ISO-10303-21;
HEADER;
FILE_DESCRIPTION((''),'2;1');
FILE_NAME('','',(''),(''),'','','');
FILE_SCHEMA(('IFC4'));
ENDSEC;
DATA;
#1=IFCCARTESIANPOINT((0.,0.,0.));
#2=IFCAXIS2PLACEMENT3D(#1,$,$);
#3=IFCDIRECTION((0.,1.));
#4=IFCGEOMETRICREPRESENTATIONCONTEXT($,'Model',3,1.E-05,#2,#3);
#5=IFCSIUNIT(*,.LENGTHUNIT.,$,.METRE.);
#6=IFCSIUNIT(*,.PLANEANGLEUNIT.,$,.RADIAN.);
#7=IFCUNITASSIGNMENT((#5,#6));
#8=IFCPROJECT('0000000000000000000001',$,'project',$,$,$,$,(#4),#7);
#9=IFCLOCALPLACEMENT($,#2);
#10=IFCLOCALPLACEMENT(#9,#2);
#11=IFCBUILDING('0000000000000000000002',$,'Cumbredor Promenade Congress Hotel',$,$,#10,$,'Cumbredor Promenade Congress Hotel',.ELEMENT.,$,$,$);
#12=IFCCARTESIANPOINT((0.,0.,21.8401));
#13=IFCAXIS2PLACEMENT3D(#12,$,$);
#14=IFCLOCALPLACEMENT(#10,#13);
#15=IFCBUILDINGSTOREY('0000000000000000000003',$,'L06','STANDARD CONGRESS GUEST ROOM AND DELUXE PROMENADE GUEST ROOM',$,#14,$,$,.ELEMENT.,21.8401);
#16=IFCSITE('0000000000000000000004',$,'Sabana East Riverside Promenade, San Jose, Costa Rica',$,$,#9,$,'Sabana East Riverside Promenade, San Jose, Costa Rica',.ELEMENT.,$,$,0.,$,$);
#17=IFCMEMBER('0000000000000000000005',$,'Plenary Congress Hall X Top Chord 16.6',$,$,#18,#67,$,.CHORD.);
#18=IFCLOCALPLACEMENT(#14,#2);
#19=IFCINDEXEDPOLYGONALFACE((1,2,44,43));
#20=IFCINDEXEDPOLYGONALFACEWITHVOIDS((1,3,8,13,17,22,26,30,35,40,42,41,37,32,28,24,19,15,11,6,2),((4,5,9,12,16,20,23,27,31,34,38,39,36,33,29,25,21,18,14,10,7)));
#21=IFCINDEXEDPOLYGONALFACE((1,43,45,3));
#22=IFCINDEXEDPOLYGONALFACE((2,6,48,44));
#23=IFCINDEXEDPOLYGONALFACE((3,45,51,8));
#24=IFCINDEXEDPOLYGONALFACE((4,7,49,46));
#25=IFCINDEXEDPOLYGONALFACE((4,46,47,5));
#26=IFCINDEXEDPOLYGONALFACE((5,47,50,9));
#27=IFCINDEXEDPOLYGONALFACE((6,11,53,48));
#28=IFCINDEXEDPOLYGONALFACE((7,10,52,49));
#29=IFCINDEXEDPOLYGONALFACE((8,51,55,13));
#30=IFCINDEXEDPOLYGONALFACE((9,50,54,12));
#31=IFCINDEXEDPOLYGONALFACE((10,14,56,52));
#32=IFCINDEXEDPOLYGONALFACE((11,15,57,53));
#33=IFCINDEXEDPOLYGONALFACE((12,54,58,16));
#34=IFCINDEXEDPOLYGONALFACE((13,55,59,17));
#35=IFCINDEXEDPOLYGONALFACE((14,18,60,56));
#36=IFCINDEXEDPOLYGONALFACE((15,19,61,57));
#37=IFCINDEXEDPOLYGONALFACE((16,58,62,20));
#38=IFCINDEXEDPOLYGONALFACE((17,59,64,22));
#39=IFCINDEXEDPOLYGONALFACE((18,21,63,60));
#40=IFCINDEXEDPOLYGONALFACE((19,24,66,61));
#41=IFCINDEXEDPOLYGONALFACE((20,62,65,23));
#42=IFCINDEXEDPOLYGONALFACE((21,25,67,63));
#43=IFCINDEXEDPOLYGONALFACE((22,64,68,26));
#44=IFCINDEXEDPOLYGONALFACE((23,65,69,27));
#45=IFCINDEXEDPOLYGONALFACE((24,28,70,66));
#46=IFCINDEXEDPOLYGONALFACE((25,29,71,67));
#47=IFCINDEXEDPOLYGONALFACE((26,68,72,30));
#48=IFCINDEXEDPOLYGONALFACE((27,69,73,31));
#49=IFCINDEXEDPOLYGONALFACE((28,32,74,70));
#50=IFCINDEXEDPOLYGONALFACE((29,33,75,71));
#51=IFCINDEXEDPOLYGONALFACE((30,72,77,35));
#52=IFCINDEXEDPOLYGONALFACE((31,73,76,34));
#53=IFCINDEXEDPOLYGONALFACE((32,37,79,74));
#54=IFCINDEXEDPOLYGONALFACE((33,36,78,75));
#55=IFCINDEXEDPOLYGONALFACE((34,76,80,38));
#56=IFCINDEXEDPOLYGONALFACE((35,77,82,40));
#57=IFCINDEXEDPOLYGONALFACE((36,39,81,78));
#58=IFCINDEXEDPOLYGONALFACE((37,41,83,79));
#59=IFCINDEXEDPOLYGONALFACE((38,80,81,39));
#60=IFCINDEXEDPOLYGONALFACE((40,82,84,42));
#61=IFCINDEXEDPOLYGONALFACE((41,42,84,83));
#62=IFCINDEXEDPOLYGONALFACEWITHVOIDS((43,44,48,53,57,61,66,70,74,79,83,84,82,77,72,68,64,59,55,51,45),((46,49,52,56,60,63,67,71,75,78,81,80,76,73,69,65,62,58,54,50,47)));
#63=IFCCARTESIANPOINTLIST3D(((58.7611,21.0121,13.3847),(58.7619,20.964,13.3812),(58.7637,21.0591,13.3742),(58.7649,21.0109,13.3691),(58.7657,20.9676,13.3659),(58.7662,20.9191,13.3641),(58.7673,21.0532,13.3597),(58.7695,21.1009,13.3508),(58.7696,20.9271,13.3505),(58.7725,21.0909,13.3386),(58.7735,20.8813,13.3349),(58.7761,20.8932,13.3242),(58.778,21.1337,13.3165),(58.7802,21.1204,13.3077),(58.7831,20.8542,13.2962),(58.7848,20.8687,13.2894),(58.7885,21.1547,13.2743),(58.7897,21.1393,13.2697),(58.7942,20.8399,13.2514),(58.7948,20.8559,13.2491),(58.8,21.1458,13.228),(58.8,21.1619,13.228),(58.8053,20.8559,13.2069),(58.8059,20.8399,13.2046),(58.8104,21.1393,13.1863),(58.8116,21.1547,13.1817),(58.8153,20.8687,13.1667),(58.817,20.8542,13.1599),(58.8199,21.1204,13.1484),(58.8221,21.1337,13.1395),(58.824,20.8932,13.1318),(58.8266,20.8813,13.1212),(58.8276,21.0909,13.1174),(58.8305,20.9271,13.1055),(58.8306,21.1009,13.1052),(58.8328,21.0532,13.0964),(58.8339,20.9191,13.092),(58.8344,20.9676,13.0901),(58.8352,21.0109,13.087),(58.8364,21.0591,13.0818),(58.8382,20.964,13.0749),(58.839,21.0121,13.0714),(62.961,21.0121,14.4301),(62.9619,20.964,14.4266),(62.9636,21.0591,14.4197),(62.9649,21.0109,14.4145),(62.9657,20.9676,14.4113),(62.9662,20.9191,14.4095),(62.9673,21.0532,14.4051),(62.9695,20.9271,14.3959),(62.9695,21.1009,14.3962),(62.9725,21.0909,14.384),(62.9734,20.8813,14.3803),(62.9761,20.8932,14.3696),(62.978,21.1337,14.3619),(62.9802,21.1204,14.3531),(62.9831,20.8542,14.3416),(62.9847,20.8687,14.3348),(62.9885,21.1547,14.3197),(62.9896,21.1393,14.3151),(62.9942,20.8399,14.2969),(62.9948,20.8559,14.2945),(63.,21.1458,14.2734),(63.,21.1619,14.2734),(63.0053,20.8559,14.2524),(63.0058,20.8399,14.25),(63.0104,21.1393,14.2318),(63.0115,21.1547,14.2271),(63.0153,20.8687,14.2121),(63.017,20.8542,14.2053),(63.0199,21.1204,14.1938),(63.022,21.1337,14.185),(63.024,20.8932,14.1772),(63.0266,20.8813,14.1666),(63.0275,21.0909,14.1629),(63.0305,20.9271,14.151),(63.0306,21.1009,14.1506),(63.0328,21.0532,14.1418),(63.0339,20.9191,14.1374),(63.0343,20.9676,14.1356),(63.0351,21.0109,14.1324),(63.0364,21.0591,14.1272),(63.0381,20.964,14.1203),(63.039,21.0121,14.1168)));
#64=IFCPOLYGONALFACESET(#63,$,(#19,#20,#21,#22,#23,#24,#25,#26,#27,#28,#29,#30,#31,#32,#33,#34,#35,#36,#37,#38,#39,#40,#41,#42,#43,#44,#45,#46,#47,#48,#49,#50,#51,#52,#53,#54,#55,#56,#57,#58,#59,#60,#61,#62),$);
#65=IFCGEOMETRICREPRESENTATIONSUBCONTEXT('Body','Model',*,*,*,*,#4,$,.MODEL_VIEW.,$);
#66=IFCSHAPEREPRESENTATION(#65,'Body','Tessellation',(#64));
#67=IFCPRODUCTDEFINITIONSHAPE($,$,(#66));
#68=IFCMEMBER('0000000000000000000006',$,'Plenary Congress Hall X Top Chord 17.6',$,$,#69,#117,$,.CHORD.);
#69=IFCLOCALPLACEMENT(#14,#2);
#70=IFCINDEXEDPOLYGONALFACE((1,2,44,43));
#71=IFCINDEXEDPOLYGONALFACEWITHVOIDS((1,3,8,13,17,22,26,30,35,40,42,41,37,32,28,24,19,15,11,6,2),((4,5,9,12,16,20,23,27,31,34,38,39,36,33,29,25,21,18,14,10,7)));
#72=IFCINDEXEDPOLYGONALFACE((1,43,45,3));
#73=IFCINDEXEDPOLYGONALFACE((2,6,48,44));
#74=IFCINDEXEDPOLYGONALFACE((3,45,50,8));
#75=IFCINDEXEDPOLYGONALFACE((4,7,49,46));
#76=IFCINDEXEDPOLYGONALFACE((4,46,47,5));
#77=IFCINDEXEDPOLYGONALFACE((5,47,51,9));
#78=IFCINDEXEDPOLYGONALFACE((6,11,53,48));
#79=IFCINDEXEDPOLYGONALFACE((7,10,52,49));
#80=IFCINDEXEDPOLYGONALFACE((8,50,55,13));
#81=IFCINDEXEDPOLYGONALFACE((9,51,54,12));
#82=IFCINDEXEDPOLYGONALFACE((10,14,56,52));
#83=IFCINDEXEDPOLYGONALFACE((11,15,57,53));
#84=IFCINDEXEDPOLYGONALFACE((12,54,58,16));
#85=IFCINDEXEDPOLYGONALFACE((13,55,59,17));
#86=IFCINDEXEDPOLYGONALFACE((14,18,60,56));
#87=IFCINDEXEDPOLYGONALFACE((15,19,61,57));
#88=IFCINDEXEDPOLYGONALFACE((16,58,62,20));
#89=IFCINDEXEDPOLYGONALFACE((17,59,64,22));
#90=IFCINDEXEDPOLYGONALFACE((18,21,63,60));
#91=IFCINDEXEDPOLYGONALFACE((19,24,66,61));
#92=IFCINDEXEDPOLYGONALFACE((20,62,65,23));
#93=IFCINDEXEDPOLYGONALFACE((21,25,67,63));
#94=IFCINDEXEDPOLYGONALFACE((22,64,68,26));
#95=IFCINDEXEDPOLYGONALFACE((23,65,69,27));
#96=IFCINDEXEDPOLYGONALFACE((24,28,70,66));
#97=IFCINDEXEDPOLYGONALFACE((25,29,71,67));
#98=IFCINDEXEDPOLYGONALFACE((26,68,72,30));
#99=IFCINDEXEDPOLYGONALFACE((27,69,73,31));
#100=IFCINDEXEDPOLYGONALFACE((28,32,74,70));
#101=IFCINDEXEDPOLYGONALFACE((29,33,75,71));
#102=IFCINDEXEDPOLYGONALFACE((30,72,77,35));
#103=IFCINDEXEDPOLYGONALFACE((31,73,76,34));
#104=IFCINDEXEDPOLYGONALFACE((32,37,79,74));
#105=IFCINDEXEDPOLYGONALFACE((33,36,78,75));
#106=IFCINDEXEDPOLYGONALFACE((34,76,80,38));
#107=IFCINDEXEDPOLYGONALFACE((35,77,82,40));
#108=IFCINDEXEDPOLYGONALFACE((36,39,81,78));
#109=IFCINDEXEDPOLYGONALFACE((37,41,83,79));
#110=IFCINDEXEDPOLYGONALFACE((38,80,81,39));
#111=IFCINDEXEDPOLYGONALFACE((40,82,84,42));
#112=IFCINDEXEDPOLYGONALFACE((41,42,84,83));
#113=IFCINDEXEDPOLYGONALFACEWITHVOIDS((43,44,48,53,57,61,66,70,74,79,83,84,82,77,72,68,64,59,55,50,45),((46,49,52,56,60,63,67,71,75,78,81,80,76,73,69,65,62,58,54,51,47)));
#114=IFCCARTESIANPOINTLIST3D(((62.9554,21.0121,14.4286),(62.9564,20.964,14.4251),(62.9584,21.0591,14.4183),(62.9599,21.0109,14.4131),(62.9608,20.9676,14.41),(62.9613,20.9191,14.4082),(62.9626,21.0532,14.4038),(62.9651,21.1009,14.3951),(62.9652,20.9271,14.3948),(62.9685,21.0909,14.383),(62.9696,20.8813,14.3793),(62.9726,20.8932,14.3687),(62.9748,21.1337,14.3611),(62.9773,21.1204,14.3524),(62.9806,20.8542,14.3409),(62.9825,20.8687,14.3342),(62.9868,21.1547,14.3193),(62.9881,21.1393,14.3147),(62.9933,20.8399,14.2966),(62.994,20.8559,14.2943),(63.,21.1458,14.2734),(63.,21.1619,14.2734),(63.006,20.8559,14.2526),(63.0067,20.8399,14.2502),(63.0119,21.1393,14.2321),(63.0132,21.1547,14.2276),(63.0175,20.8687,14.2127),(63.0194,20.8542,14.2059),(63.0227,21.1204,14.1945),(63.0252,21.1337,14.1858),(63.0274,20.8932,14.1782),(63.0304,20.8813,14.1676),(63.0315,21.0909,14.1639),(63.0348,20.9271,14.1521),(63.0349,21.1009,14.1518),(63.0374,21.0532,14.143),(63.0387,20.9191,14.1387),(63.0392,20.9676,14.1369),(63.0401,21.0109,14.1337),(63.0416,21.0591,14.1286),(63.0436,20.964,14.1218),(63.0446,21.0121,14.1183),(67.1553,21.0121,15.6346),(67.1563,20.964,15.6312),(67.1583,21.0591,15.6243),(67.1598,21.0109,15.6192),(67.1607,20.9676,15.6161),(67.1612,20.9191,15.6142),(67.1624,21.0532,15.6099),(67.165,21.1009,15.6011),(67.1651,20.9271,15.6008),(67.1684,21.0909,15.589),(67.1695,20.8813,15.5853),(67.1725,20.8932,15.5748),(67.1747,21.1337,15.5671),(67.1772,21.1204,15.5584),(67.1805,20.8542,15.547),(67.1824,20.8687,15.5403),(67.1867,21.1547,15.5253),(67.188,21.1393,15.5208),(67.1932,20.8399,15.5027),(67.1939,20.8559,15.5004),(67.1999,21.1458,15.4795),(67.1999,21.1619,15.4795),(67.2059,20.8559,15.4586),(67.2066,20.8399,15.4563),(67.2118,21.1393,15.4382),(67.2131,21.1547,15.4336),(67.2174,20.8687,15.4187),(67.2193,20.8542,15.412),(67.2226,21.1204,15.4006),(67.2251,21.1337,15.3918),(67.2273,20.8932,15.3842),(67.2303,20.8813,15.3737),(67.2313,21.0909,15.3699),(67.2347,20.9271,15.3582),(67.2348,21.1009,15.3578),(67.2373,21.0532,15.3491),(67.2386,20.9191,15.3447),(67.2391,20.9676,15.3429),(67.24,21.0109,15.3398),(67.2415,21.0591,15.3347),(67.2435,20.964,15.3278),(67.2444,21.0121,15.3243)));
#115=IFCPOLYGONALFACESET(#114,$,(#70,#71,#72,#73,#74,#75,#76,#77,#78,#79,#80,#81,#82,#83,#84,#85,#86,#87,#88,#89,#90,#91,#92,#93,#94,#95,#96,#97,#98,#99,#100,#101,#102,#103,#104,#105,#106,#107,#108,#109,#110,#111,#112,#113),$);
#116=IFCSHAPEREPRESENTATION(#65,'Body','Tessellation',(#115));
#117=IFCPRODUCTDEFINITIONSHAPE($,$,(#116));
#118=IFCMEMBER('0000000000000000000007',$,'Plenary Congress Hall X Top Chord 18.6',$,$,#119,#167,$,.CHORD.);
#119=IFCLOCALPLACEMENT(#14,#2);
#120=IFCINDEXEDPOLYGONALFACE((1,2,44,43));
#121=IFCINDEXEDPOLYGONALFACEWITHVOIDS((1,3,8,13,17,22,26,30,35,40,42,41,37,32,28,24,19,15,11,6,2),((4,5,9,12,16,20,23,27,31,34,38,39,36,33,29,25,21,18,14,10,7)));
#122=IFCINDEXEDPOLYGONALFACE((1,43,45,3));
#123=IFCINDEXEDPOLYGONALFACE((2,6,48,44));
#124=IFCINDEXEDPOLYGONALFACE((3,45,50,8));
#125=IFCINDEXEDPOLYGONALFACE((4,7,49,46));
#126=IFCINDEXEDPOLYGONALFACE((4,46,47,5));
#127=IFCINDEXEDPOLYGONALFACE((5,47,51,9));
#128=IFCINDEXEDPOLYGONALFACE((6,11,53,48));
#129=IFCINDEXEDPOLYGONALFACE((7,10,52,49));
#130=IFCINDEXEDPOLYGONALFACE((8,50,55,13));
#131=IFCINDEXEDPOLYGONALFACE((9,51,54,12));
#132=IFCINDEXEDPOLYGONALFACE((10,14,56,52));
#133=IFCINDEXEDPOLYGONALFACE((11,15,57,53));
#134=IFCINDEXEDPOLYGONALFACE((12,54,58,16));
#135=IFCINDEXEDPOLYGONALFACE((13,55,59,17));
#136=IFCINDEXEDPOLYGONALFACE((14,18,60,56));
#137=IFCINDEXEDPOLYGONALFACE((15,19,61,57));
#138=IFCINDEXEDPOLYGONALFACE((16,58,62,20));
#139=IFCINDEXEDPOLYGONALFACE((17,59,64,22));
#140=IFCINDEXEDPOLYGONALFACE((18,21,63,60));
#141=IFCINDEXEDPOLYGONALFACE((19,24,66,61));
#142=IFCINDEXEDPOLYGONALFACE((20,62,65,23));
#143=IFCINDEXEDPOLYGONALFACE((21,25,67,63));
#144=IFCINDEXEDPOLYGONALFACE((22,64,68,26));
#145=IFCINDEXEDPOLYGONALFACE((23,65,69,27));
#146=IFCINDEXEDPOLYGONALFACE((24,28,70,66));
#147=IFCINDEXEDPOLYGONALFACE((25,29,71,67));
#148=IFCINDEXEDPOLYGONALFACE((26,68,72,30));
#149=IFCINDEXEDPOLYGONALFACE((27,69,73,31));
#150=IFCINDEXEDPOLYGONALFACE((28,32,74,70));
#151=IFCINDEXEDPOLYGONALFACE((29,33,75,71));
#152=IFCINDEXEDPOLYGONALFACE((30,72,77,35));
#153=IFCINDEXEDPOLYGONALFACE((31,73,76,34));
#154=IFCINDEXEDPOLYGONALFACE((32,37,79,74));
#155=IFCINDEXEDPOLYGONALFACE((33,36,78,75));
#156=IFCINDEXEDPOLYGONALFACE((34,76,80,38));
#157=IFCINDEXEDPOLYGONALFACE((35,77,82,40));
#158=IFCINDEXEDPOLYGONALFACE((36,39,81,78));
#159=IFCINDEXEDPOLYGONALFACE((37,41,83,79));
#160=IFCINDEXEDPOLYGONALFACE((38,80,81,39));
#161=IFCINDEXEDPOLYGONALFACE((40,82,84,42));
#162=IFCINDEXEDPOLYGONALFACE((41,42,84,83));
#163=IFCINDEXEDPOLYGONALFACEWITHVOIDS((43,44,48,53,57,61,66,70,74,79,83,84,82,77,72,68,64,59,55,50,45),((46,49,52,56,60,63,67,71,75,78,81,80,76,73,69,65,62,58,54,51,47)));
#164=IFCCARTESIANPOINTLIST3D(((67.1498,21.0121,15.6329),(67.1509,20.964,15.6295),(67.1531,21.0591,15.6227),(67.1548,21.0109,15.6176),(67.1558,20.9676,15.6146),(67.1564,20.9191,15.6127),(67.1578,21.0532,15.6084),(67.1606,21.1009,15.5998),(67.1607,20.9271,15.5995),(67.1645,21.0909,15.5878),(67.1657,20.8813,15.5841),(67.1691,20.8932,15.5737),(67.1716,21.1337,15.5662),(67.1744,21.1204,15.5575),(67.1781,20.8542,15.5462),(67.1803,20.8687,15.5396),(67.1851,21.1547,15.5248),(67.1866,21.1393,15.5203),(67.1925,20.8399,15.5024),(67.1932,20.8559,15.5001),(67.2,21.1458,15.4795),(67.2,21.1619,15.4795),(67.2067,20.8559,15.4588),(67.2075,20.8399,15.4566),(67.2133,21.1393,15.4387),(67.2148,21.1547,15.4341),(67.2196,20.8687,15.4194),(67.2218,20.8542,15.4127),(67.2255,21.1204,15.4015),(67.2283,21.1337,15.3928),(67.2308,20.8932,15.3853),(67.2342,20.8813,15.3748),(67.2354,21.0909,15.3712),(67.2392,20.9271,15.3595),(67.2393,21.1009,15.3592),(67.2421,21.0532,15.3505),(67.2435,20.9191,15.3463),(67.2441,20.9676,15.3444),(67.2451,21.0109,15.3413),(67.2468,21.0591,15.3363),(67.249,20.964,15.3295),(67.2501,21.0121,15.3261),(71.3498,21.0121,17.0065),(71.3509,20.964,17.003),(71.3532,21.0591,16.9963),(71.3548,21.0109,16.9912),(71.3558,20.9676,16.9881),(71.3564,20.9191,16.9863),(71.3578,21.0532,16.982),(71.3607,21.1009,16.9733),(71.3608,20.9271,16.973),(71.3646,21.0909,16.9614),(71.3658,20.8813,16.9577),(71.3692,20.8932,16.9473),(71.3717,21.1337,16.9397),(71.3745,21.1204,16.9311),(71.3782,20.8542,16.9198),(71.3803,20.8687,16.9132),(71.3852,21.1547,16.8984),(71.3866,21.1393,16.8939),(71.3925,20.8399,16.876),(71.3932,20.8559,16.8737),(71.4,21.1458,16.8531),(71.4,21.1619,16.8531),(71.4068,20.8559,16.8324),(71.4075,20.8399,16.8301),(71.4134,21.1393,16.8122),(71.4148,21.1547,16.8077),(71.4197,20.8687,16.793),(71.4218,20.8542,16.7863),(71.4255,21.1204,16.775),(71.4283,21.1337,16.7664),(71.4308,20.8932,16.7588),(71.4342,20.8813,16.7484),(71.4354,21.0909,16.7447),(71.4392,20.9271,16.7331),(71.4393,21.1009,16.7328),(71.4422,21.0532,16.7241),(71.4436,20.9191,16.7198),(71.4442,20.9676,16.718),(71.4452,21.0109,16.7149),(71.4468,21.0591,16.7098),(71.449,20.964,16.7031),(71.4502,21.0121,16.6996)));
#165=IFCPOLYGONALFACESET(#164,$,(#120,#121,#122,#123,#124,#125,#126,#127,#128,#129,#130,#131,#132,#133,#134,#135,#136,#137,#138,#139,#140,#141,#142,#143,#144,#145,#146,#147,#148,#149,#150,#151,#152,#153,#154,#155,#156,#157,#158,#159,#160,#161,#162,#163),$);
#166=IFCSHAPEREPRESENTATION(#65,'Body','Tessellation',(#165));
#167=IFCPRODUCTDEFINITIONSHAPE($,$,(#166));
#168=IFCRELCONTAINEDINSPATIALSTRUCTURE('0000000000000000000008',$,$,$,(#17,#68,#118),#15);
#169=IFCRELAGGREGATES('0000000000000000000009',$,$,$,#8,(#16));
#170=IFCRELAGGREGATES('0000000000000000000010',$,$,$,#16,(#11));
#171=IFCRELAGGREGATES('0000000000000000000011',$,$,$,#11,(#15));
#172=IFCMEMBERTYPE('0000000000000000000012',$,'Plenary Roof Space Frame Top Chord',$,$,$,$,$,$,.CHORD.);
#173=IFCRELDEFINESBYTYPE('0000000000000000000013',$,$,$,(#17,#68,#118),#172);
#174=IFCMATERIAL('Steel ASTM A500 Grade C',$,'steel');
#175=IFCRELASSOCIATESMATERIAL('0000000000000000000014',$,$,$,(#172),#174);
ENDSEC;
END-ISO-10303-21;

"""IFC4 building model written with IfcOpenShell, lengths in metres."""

from ifc_helpers import new_model, si_unit, direction, frame, origin, origin_2d, place, context, subcontext, project, spatial, hollow_circle, extrude, material, material_profile, profile_set, type_object, element, save


model = new_model("IFC4")

# Units and contexts
model_context = context("Model", 3, precision=1e-05, world=origin(), true_north=direction((0.0, 1.0)))
body_context = subcontext(model_context, "Body", "Model", "MODEL_VIEW")
ifc_project = project(units=[si_unit("LENGTHUNIT", "METRE"), si_unit("PLANEANGLEUNIT", "RADIAN")], contexts=[model_context])

# Site, building, storey
site_placement = place(None, origin())
site = spatial("IfcSite", under=ifc_project, at=site_placement, Name="Sabana East Riverside Promenade, San Jose, Costa Rica", LongName="Sabana East Riverside Promenade, San Jose, Costa Rica", CompositionType="ELEMENT", RefElevation=0.0)
building_placement = place(site_placement, origin())
building = spatial("IfcBuilding", under=site, at=building_placement, Name="Cumbredor Promenade Congress Hotel", LongName="Cumbredor Promenade Congress Hotel", CompositionType="ELEMENT")
storey_placement = place(building_placement, frame((0.0, 0.0, 21.8401)))
storey = spatial("IfcBuildingStorey", under=building, at=storey_placement, Name="L06", Description="STANDARD CONGRESS GUEST ROOM AND DELUXE PROMENADE GUEST ROOM", CompositionType="ELEMENT", Elevation=21.8401)

# Members
ifc_material_1 = material(Name="Steel ASTM A500 Grade C", Category="steel")
ifc_material_profile_1 = material_profile(ifc_material_1, hollow_circle(Radius=0.1619, WallThickness=0.0161, at=origin_2d()), Name="CHS 323.9x16")
ifc_profile_set_1 = profile_set([ifc_material_profile_1], Name="Steel ASTM A500 Grade C")
member_type_1 = type_object("IfcMemberType", Name="Plenary Roof Space Frame Top Chord", PredefinedType="CHORD", material=ifc_profile_set_1)
member_1_placement = place(storey_placement, frame((58.8, 21.0, 13.228), z_axis=(0.970391, 0.0, 0.24154), x_axis=(0.0, 1.0, 0.0)))
element("IfcMember", 1, at=member_1_placement, inside=storey, type_object=member_type_1, Name="Plenary Congress Hall X Top Chord 16.6", PredefinedType="CHORD", context=body_context, shape_type="SweptSolid", body=[
    extrude(hollow_circle(Radius=0.1619, WallThickness=0.0161, at=origin_2d()), origin(), (0.0, 0.0, 1.0), 4.3281),
])
member_2_placement = place(storey_placement, frame((63.0, 21.0, 14.2734), z_axis=(0.961156, 0.0, 0.276005), x_axis=(0.0, 1.0, 0.0)))
element("IfcMember", 2, at=member_2_placement, inside=storey, type_object=member_type_1, Name="Plenary Congress Hall X Top Chord 17.6", PredefinedType="CHORD", context=body_context, shape_type="SweptSolid", body=[
    extrude(hollow_circle(Radius=0.1619, WallThickness=0.0161, at=origin_2d()), origin(), (0.0, 0.0, 1.0), 4.3696),
])
member_3_placement = place(storey_placement, frame((67.2, 21.0, 15.4795), z_axis=(0.950464, 0.0, 0.310836), x_axis=(0.0, 1.0, 0.0)))
element("IfcMember", 3, at=member_3_placement, inside=storey, type_object=member_type_1, Name="Plenary Congress Hall X Top Chord 18.6", PredefinedType="CHORD", context=body_context, shape_type="SweptSolid", body=[
    extrude(hollow_circle(Radius=0.1619, WallThickness=0.0161, at=origin_2d()), origin(), (0.0, 0.0, 1.0), 4.4189),
])

save(model, "model.ifc")
